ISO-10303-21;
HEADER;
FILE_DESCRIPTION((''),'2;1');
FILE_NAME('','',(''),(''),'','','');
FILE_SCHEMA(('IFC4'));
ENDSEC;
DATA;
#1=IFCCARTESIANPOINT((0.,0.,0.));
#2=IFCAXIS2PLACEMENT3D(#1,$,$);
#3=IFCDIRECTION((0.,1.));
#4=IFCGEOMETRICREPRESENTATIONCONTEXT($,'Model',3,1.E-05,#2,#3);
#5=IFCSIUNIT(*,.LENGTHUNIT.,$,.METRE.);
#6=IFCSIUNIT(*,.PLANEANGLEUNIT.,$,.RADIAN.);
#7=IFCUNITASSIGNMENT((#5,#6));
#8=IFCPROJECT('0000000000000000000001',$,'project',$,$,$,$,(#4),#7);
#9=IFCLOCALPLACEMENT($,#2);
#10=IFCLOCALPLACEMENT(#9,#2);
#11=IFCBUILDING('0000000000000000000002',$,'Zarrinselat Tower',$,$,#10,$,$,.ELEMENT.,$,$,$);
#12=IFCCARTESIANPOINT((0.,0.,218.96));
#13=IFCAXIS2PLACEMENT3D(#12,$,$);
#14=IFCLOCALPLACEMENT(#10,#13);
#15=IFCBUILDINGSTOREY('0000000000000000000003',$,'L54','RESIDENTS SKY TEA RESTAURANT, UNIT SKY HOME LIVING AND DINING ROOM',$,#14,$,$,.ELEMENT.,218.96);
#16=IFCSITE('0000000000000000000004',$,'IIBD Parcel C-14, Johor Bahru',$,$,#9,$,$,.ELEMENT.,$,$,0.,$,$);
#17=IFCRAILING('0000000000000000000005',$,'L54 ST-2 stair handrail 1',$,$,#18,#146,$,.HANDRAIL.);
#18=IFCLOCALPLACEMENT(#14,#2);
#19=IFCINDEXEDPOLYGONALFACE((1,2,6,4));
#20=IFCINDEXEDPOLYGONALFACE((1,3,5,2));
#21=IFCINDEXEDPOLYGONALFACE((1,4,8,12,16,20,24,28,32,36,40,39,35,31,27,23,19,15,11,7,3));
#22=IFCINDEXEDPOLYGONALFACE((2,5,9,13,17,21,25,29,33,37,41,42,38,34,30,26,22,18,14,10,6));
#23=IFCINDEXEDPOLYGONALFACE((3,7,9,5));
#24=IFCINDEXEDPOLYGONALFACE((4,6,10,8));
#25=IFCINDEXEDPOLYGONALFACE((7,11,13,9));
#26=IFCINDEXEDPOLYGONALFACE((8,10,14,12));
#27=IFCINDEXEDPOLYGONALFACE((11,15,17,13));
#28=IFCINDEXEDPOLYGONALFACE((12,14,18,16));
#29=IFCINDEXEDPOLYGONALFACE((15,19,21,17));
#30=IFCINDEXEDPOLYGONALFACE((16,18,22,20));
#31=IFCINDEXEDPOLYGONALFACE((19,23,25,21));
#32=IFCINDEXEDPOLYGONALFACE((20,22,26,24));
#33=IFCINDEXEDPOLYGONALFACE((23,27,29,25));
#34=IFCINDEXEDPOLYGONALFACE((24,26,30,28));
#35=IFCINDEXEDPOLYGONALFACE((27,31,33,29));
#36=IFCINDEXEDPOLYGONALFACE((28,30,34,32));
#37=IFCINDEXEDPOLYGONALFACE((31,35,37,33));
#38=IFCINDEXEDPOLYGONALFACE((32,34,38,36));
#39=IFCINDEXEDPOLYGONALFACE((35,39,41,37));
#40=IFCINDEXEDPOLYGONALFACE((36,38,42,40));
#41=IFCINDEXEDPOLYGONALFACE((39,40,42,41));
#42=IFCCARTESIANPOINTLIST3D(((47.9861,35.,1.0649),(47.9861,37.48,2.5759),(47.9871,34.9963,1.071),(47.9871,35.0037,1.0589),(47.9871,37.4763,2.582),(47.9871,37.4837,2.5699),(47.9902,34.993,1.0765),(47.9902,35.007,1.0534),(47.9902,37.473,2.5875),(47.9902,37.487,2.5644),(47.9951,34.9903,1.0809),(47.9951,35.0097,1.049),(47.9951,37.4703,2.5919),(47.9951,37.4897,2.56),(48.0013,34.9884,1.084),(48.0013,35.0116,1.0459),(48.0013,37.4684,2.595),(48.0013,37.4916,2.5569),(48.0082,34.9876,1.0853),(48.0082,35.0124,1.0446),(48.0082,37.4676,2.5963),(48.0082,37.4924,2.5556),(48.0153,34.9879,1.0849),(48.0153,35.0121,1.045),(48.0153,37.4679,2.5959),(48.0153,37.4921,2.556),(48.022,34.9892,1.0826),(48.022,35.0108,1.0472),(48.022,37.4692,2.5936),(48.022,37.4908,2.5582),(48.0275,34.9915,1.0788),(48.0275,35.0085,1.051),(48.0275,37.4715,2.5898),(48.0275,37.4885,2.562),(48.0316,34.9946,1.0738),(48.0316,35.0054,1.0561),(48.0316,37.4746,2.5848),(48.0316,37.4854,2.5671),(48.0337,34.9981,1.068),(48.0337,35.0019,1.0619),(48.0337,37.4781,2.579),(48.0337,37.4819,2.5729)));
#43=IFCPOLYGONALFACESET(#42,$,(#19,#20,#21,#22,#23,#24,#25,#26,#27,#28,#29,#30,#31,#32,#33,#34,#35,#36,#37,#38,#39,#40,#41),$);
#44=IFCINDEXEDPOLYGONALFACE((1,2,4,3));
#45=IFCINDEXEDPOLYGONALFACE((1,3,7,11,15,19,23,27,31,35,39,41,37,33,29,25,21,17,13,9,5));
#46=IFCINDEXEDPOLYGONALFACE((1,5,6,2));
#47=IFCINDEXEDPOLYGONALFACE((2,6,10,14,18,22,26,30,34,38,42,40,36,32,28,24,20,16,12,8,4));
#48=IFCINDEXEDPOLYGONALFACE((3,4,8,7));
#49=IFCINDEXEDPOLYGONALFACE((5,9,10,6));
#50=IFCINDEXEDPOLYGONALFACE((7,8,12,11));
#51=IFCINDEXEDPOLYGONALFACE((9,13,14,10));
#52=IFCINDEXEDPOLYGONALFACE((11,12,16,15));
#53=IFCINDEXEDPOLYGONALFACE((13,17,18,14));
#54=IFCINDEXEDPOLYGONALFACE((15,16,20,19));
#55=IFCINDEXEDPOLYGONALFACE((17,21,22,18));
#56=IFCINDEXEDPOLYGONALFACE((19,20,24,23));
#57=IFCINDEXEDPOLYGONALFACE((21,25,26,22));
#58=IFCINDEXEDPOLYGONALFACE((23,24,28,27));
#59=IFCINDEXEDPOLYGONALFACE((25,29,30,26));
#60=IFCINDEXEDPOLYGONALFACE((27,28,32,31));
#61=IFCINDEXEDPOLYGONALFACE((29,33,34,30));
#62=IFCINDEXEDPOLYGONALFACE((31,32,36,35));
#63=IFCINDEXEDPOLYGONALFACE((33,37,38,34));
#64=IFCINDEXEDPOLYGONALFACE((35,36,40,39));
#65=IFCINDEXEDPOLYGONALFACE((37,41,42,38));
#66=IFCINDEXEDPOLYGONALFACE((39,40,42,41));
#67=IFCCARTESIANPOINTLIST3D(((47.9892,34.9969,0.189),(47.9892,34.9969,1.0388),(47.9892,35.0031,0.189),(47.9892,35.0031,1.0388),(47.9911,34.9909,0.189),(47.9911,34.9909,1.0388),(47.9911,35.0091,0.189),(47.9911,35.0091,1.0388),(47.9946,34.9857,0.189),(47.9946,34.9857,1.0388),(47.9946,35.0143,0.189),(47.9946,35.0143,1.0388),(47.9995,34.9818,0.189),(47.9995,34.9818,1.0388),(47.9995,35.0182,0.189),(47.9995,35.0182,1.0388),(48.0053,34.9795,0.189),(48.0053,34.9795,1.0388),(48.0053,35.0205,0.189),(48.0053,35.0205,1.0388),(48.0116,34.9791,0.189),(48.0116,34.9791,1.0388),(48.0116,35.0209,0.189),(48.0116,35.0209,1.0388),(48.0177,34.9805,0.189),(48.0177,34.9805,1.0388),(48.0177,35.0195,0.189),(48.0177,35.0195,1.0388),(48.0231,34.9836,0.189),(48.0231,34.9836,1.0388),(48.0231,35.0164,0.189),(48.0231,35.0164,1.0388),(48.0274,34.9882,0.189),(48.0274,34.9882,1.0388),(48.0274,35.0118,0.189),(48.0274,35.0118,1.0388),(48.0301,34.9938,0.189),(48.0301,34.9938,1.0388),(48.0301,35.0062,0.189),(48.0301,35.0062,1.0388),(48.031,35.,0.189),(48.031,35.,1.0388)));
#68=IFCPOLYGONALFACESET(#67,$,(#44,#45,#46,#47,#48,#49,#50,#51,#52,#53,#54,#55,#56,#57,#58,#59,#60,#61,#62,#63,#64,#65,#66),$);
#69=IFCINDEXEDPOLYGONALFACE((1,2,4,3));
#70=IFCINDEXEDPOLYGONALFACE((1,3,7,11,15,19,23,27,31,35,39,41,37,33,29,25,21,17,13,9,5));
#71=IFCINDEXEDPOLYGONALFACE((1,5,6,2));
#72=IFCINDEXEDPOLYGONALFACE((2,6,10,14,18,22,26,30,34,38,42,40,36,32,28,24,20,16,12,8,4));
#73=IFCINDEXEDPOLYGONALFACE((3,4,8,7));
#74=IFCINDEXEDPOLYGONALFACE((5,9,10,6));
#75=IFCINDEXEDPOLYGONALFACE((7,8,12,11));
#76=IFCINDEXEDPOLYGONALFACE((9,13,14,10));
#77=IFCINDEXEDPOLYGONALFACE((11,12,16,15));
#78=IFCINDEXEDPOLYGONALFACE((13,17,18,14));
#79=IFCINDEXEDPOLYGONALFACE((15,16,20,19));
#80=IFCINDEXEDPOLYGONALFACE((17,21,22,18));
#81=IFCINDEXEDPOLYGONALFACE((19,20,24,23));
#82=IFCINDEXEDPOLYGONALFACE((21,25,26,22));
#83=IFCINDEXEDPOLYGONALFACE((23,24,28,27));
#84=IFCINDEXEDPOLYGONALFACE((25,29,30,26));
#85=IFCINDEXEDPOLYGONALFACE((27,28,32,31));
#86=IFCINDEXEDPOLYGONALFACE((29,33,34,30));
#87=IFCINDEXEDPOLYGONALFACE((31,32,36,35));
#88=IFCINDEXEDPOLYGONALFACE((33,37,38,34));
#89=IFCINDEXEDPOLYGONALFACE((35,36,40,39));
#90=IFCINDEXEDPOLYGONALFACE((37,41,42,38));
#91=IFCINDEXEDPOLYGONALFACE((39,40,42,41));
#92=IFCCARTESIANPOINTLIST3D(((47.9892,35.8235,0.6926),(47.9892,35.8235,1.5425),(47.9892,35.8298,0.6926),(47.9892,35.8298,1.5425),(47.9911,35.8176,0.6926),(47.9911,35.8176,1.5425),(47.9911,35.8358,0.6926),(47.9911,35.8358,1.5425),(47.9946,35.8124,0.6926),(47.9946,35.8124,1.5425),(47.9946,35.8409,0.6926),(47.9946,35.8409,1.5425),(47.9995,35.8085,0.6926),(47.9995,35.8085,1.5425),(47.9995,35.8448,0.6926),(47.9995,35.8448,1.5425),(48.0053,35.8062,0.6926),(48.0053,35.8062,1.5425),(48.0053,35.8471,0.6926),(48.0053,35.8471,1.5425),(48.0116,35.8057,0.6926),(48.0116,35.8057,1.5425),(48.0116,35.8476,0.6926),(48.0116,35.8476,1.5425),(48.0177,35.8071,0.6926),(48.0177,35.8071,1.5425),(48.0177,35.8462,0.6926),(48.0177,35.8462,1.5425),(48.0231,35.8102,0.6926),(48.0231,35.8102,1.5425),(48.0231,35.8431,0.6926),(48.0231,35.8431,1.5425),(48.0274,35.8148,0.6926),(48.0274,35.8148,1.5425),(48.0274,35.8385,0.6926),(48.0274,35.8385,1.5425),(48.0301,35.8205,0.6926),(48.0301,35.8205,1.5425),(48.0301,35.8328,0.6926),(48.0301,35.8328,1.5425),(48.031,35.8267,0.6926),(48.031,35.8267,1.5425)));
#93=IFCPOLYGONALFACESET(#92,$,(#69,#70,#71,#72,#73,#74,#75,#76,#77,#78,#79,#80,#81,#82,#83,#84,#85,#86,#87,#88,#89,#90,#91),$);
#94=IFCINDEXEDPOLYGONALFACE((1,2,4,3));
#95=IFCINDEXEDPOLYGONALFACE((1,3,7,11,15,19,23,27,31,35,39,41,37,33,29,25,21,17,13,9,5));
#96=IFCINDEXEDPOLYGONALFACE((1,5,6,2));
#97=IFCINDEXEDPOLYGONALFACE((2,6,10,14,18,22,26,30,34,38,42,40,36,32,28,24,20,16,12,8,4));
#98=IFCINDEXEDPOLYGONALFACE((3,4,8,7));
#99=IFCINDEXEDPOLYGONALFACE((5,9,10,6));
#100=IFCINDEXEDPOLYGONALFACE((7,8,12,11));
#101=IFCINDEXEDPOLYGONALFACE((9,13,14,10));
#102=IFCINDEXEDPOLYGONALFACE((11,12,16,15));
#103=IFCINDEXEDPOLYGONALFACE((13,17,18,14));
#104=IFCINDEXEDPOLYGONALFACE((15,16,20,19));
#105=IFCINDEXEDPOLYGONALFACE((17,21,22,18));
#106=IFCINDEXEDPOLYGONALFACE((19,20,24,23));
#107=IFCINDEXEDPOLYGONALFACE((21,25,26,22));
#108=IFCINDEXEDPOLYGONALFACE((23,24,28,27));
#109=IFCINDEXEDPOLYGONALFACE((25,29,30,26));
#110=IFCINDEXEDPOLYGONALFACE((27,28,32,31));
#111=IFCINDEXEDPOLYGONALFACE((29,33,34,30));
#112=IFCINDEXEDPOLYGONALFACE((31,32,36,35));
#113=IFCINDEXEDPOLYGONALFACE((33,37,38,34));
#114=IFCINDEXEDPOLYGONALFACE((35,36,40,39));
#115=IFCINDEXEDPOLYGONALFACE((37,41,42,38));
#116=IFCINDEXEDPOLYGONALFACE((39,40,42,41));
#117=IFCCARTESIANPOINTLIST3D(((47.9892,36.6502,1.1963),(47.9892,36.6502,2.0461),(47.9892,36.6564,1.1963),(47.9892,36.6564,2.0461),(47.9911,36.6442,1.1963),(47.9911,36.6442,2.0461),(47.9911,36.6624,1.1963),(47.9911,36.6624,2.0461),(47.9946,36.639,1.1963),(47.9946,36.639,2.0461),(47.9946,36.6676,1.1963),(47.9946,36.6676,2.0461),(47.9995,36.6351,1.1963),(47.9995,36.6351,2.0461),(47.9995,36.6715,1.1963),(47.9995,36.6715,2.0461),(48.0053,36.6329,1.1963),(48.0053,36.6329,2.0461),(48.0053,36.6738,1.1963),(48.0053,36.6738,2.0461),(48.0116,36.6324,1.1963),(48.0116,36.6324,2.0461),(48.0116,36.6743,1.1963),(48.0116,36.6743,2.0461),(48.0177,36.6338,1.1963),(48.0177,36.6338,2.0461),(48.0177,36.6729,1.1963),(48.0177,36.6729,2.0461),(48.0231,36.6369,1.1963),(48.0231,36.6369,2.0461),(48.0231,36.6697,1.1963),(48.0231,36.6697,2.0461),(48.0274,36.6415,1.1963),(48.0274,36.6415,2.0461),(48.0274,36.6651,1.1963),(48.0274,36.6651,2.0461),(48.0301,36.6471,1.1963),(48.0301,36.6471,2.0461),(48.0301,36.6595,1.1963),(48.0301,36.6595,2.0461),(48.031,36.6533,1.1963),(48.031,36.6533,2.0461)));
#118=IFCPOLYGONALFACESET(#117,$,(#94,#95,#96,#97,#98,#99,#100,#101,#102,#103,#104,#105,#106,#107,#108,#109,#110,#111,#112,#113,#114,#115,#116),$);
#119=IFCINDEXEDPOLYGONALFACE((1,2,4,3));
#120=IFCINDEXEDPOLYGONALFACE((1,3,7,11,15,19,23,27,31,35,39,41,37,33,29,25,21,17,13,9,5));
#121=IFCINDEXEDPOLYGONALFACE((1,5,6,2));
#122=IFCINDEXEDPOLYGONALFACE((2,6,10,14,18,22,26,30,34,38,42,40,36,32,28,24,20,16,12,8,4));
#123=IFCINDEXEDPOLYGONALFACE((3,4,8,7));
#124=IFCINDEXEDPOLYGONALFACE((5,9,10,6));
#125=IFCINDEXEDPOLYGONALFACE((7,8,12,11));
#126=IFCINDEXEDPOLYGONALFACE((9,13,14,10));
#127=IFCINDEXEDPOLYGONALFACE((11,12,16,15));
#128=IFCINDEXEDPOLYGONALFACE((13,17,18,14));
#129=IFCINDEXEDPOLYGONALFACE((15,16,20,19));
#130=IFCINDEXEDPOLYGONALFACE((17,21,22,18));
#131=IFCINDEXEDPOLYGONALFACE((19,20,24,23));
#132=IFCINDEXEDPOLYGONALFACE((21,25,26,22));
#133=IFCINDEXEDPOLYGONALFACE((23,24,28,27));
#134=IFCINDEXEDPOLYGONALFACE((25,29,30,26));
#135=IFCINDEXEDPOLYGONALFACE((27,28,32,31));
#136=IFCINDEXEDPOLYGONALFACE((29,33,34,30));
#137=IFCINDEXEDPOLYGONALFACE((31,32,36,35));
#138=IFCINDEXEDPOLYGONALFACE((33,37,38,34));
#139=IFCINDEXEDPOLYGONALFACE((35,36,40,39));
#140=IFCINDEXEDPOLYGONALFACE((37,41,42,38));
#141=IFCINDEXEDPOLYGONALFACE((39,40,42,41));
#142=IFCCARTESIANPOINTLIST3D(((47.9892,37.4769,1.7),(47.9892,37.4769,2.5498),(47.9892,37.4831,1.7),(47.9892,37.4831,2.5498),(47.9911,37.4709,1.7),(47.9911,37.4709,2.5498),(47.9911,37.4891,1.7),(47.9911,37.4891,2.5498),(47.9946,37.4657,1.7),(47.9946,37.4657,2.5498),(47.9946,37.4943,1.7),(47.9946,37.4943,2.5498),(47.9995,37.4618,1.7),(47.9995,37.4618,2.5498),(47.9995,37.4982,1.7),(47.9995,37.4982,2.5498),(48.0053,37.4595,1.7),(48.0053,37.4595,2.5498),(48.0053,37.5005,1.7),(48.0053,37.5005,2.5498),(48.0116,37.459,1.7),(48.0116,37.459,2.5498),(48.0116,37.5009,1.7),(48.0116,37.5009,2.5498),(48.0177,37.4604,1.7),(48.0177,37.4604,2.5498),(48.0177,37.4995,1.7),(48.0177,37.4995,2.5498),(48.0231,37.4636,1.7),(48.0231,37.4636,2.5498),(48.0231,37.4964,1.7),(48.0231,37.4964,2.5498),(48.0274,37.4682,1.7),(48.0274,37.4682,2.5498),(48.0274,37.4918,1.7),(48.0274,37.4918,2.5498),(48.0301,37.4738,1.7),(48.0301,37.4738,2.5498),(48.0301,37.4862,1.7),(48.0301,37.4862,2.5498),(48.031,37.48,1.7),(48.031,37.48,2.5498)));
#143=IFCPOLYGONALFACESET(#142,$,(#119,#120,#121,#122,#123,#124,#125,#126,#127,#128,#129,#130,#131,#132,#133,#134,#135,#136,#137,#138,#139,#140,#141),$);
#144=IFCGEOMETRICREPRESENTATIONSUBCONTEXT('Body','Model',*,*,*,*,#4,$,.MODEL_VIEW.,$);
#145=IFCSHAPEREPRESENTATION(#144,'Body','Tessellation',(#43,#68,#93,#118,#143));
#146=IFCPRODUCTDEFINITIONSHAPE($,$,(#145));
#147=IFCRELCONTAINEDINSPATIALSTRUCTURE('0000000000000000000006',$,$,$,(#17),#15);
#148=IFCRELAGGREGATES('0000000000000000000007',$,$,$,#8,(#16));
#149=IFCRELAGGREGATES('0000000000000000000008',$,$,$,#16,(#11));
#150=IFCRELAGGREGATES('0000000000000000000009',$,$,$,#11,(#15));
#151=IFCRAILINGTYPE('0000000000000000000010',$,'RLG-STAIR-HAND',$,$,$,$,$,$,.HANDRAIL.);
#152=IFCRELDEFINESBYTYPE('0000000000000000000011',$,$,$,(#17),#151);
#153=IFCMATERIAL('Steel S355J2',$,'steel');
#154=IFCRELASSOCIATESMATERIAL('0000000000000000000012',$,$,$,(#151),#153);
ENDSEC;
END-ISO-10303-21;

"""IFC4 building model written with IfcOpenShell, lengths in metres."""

from ifc_helpers import new_model, si_unit, direction, frame, origin, origin_2d, place, context, subcontext, project, spatial, circle, extrude, material, type_object, element, save


model = new_model("IFC4")

# Units and contexts
model_context = context("Model", 3, precision=1e-05, world=origin(), true_north=direction((0.0, 1.0)))
body_context = subcontext(model_context, "Body", "Model", "MODEL_VIEW")
ifc_project = project(units=[si_unit("LENGTHUNIT", "METRE"), si_unit("PLANEANGLEUNIT", "RADIAN")], contexts=[model_context])

# Site, building, storey
site_placement = place(None, origin())
site = spatial("IfcSite", under=ifc_project, at=site_placement, Name="IIBD Parcel C-14, Johor Bahru", CompositionType="ELEMENT", RefElevation=0.0)
building_placement = place(site_placement, origin())
building = spatial("IfcBuilding", under=site, at=building_placement, Name="Zarrinselat Tower", CompositionType="ELEMENT")
storey_placement = place(building_placement, frame((0.0, 0.0, 218.96)))
storey = spatial("IfcBuildingStorey", under=building, at=storey_placement, Name="L54", Description="RESIDENTS SKY TEA RESTAURANT, UNIT SKY HOME LIVING AND DINING ROOM", CompositionType="ELEMENT", Elevation=218.96)

# Railing
ifc_material_1 = material(Name="Steel S355J2", Category="steel")
railing_type_1 = type_object("IfcRailingType", Name="RLG-STAIR-HAND", PredefinedType="HANDRAIL", material=ifc_material_1)
railing_1_placement = place(storey_placement, frame((48.01, 35.0, 0.189)))
element("IfcRailing", 1, at=railing_1_placement, inside=storey, type_object=railing_type_1, Name="L54 ST-2 stair handrail 1", PredefinedType="HANDRAIL", context=body_context, shape_type="SweptSolid", body=[
    extrude(circle(Radius=0.0239, at=origin_2d()), frame((0.0, 0.0, 0.876), z_axis=(0.0, 0.853979, 0.520307), x_axis=(-1.0, 0.0, 0.0)), (0.0, 0.0, 1.0), 2.9041),
    extrude(circle(Radius=0.021, at=origin_2d()), origin(), (0.0, 0.0, 1.0), 0.8499),
    extrude(circle(Radius=0.021, at=origin_2d()), frame((0.0, 0.8267, 0.5037)), (0.0, 0.0, 1.0), 0.8499),
    extrude(circle(Radius=0.021, at=origin_2d()), frame((0.0, 1.6533, 1.0073)), (0.0, 0.0, 1.0), 0.8499),
    extrude(circle(Radius=0.021, at=origin_2d()), frame((0.0, 2.48, 1.511)), (0.0, 0.0, 1.0), 0.8499),
])

save(model, "model.ifc")
